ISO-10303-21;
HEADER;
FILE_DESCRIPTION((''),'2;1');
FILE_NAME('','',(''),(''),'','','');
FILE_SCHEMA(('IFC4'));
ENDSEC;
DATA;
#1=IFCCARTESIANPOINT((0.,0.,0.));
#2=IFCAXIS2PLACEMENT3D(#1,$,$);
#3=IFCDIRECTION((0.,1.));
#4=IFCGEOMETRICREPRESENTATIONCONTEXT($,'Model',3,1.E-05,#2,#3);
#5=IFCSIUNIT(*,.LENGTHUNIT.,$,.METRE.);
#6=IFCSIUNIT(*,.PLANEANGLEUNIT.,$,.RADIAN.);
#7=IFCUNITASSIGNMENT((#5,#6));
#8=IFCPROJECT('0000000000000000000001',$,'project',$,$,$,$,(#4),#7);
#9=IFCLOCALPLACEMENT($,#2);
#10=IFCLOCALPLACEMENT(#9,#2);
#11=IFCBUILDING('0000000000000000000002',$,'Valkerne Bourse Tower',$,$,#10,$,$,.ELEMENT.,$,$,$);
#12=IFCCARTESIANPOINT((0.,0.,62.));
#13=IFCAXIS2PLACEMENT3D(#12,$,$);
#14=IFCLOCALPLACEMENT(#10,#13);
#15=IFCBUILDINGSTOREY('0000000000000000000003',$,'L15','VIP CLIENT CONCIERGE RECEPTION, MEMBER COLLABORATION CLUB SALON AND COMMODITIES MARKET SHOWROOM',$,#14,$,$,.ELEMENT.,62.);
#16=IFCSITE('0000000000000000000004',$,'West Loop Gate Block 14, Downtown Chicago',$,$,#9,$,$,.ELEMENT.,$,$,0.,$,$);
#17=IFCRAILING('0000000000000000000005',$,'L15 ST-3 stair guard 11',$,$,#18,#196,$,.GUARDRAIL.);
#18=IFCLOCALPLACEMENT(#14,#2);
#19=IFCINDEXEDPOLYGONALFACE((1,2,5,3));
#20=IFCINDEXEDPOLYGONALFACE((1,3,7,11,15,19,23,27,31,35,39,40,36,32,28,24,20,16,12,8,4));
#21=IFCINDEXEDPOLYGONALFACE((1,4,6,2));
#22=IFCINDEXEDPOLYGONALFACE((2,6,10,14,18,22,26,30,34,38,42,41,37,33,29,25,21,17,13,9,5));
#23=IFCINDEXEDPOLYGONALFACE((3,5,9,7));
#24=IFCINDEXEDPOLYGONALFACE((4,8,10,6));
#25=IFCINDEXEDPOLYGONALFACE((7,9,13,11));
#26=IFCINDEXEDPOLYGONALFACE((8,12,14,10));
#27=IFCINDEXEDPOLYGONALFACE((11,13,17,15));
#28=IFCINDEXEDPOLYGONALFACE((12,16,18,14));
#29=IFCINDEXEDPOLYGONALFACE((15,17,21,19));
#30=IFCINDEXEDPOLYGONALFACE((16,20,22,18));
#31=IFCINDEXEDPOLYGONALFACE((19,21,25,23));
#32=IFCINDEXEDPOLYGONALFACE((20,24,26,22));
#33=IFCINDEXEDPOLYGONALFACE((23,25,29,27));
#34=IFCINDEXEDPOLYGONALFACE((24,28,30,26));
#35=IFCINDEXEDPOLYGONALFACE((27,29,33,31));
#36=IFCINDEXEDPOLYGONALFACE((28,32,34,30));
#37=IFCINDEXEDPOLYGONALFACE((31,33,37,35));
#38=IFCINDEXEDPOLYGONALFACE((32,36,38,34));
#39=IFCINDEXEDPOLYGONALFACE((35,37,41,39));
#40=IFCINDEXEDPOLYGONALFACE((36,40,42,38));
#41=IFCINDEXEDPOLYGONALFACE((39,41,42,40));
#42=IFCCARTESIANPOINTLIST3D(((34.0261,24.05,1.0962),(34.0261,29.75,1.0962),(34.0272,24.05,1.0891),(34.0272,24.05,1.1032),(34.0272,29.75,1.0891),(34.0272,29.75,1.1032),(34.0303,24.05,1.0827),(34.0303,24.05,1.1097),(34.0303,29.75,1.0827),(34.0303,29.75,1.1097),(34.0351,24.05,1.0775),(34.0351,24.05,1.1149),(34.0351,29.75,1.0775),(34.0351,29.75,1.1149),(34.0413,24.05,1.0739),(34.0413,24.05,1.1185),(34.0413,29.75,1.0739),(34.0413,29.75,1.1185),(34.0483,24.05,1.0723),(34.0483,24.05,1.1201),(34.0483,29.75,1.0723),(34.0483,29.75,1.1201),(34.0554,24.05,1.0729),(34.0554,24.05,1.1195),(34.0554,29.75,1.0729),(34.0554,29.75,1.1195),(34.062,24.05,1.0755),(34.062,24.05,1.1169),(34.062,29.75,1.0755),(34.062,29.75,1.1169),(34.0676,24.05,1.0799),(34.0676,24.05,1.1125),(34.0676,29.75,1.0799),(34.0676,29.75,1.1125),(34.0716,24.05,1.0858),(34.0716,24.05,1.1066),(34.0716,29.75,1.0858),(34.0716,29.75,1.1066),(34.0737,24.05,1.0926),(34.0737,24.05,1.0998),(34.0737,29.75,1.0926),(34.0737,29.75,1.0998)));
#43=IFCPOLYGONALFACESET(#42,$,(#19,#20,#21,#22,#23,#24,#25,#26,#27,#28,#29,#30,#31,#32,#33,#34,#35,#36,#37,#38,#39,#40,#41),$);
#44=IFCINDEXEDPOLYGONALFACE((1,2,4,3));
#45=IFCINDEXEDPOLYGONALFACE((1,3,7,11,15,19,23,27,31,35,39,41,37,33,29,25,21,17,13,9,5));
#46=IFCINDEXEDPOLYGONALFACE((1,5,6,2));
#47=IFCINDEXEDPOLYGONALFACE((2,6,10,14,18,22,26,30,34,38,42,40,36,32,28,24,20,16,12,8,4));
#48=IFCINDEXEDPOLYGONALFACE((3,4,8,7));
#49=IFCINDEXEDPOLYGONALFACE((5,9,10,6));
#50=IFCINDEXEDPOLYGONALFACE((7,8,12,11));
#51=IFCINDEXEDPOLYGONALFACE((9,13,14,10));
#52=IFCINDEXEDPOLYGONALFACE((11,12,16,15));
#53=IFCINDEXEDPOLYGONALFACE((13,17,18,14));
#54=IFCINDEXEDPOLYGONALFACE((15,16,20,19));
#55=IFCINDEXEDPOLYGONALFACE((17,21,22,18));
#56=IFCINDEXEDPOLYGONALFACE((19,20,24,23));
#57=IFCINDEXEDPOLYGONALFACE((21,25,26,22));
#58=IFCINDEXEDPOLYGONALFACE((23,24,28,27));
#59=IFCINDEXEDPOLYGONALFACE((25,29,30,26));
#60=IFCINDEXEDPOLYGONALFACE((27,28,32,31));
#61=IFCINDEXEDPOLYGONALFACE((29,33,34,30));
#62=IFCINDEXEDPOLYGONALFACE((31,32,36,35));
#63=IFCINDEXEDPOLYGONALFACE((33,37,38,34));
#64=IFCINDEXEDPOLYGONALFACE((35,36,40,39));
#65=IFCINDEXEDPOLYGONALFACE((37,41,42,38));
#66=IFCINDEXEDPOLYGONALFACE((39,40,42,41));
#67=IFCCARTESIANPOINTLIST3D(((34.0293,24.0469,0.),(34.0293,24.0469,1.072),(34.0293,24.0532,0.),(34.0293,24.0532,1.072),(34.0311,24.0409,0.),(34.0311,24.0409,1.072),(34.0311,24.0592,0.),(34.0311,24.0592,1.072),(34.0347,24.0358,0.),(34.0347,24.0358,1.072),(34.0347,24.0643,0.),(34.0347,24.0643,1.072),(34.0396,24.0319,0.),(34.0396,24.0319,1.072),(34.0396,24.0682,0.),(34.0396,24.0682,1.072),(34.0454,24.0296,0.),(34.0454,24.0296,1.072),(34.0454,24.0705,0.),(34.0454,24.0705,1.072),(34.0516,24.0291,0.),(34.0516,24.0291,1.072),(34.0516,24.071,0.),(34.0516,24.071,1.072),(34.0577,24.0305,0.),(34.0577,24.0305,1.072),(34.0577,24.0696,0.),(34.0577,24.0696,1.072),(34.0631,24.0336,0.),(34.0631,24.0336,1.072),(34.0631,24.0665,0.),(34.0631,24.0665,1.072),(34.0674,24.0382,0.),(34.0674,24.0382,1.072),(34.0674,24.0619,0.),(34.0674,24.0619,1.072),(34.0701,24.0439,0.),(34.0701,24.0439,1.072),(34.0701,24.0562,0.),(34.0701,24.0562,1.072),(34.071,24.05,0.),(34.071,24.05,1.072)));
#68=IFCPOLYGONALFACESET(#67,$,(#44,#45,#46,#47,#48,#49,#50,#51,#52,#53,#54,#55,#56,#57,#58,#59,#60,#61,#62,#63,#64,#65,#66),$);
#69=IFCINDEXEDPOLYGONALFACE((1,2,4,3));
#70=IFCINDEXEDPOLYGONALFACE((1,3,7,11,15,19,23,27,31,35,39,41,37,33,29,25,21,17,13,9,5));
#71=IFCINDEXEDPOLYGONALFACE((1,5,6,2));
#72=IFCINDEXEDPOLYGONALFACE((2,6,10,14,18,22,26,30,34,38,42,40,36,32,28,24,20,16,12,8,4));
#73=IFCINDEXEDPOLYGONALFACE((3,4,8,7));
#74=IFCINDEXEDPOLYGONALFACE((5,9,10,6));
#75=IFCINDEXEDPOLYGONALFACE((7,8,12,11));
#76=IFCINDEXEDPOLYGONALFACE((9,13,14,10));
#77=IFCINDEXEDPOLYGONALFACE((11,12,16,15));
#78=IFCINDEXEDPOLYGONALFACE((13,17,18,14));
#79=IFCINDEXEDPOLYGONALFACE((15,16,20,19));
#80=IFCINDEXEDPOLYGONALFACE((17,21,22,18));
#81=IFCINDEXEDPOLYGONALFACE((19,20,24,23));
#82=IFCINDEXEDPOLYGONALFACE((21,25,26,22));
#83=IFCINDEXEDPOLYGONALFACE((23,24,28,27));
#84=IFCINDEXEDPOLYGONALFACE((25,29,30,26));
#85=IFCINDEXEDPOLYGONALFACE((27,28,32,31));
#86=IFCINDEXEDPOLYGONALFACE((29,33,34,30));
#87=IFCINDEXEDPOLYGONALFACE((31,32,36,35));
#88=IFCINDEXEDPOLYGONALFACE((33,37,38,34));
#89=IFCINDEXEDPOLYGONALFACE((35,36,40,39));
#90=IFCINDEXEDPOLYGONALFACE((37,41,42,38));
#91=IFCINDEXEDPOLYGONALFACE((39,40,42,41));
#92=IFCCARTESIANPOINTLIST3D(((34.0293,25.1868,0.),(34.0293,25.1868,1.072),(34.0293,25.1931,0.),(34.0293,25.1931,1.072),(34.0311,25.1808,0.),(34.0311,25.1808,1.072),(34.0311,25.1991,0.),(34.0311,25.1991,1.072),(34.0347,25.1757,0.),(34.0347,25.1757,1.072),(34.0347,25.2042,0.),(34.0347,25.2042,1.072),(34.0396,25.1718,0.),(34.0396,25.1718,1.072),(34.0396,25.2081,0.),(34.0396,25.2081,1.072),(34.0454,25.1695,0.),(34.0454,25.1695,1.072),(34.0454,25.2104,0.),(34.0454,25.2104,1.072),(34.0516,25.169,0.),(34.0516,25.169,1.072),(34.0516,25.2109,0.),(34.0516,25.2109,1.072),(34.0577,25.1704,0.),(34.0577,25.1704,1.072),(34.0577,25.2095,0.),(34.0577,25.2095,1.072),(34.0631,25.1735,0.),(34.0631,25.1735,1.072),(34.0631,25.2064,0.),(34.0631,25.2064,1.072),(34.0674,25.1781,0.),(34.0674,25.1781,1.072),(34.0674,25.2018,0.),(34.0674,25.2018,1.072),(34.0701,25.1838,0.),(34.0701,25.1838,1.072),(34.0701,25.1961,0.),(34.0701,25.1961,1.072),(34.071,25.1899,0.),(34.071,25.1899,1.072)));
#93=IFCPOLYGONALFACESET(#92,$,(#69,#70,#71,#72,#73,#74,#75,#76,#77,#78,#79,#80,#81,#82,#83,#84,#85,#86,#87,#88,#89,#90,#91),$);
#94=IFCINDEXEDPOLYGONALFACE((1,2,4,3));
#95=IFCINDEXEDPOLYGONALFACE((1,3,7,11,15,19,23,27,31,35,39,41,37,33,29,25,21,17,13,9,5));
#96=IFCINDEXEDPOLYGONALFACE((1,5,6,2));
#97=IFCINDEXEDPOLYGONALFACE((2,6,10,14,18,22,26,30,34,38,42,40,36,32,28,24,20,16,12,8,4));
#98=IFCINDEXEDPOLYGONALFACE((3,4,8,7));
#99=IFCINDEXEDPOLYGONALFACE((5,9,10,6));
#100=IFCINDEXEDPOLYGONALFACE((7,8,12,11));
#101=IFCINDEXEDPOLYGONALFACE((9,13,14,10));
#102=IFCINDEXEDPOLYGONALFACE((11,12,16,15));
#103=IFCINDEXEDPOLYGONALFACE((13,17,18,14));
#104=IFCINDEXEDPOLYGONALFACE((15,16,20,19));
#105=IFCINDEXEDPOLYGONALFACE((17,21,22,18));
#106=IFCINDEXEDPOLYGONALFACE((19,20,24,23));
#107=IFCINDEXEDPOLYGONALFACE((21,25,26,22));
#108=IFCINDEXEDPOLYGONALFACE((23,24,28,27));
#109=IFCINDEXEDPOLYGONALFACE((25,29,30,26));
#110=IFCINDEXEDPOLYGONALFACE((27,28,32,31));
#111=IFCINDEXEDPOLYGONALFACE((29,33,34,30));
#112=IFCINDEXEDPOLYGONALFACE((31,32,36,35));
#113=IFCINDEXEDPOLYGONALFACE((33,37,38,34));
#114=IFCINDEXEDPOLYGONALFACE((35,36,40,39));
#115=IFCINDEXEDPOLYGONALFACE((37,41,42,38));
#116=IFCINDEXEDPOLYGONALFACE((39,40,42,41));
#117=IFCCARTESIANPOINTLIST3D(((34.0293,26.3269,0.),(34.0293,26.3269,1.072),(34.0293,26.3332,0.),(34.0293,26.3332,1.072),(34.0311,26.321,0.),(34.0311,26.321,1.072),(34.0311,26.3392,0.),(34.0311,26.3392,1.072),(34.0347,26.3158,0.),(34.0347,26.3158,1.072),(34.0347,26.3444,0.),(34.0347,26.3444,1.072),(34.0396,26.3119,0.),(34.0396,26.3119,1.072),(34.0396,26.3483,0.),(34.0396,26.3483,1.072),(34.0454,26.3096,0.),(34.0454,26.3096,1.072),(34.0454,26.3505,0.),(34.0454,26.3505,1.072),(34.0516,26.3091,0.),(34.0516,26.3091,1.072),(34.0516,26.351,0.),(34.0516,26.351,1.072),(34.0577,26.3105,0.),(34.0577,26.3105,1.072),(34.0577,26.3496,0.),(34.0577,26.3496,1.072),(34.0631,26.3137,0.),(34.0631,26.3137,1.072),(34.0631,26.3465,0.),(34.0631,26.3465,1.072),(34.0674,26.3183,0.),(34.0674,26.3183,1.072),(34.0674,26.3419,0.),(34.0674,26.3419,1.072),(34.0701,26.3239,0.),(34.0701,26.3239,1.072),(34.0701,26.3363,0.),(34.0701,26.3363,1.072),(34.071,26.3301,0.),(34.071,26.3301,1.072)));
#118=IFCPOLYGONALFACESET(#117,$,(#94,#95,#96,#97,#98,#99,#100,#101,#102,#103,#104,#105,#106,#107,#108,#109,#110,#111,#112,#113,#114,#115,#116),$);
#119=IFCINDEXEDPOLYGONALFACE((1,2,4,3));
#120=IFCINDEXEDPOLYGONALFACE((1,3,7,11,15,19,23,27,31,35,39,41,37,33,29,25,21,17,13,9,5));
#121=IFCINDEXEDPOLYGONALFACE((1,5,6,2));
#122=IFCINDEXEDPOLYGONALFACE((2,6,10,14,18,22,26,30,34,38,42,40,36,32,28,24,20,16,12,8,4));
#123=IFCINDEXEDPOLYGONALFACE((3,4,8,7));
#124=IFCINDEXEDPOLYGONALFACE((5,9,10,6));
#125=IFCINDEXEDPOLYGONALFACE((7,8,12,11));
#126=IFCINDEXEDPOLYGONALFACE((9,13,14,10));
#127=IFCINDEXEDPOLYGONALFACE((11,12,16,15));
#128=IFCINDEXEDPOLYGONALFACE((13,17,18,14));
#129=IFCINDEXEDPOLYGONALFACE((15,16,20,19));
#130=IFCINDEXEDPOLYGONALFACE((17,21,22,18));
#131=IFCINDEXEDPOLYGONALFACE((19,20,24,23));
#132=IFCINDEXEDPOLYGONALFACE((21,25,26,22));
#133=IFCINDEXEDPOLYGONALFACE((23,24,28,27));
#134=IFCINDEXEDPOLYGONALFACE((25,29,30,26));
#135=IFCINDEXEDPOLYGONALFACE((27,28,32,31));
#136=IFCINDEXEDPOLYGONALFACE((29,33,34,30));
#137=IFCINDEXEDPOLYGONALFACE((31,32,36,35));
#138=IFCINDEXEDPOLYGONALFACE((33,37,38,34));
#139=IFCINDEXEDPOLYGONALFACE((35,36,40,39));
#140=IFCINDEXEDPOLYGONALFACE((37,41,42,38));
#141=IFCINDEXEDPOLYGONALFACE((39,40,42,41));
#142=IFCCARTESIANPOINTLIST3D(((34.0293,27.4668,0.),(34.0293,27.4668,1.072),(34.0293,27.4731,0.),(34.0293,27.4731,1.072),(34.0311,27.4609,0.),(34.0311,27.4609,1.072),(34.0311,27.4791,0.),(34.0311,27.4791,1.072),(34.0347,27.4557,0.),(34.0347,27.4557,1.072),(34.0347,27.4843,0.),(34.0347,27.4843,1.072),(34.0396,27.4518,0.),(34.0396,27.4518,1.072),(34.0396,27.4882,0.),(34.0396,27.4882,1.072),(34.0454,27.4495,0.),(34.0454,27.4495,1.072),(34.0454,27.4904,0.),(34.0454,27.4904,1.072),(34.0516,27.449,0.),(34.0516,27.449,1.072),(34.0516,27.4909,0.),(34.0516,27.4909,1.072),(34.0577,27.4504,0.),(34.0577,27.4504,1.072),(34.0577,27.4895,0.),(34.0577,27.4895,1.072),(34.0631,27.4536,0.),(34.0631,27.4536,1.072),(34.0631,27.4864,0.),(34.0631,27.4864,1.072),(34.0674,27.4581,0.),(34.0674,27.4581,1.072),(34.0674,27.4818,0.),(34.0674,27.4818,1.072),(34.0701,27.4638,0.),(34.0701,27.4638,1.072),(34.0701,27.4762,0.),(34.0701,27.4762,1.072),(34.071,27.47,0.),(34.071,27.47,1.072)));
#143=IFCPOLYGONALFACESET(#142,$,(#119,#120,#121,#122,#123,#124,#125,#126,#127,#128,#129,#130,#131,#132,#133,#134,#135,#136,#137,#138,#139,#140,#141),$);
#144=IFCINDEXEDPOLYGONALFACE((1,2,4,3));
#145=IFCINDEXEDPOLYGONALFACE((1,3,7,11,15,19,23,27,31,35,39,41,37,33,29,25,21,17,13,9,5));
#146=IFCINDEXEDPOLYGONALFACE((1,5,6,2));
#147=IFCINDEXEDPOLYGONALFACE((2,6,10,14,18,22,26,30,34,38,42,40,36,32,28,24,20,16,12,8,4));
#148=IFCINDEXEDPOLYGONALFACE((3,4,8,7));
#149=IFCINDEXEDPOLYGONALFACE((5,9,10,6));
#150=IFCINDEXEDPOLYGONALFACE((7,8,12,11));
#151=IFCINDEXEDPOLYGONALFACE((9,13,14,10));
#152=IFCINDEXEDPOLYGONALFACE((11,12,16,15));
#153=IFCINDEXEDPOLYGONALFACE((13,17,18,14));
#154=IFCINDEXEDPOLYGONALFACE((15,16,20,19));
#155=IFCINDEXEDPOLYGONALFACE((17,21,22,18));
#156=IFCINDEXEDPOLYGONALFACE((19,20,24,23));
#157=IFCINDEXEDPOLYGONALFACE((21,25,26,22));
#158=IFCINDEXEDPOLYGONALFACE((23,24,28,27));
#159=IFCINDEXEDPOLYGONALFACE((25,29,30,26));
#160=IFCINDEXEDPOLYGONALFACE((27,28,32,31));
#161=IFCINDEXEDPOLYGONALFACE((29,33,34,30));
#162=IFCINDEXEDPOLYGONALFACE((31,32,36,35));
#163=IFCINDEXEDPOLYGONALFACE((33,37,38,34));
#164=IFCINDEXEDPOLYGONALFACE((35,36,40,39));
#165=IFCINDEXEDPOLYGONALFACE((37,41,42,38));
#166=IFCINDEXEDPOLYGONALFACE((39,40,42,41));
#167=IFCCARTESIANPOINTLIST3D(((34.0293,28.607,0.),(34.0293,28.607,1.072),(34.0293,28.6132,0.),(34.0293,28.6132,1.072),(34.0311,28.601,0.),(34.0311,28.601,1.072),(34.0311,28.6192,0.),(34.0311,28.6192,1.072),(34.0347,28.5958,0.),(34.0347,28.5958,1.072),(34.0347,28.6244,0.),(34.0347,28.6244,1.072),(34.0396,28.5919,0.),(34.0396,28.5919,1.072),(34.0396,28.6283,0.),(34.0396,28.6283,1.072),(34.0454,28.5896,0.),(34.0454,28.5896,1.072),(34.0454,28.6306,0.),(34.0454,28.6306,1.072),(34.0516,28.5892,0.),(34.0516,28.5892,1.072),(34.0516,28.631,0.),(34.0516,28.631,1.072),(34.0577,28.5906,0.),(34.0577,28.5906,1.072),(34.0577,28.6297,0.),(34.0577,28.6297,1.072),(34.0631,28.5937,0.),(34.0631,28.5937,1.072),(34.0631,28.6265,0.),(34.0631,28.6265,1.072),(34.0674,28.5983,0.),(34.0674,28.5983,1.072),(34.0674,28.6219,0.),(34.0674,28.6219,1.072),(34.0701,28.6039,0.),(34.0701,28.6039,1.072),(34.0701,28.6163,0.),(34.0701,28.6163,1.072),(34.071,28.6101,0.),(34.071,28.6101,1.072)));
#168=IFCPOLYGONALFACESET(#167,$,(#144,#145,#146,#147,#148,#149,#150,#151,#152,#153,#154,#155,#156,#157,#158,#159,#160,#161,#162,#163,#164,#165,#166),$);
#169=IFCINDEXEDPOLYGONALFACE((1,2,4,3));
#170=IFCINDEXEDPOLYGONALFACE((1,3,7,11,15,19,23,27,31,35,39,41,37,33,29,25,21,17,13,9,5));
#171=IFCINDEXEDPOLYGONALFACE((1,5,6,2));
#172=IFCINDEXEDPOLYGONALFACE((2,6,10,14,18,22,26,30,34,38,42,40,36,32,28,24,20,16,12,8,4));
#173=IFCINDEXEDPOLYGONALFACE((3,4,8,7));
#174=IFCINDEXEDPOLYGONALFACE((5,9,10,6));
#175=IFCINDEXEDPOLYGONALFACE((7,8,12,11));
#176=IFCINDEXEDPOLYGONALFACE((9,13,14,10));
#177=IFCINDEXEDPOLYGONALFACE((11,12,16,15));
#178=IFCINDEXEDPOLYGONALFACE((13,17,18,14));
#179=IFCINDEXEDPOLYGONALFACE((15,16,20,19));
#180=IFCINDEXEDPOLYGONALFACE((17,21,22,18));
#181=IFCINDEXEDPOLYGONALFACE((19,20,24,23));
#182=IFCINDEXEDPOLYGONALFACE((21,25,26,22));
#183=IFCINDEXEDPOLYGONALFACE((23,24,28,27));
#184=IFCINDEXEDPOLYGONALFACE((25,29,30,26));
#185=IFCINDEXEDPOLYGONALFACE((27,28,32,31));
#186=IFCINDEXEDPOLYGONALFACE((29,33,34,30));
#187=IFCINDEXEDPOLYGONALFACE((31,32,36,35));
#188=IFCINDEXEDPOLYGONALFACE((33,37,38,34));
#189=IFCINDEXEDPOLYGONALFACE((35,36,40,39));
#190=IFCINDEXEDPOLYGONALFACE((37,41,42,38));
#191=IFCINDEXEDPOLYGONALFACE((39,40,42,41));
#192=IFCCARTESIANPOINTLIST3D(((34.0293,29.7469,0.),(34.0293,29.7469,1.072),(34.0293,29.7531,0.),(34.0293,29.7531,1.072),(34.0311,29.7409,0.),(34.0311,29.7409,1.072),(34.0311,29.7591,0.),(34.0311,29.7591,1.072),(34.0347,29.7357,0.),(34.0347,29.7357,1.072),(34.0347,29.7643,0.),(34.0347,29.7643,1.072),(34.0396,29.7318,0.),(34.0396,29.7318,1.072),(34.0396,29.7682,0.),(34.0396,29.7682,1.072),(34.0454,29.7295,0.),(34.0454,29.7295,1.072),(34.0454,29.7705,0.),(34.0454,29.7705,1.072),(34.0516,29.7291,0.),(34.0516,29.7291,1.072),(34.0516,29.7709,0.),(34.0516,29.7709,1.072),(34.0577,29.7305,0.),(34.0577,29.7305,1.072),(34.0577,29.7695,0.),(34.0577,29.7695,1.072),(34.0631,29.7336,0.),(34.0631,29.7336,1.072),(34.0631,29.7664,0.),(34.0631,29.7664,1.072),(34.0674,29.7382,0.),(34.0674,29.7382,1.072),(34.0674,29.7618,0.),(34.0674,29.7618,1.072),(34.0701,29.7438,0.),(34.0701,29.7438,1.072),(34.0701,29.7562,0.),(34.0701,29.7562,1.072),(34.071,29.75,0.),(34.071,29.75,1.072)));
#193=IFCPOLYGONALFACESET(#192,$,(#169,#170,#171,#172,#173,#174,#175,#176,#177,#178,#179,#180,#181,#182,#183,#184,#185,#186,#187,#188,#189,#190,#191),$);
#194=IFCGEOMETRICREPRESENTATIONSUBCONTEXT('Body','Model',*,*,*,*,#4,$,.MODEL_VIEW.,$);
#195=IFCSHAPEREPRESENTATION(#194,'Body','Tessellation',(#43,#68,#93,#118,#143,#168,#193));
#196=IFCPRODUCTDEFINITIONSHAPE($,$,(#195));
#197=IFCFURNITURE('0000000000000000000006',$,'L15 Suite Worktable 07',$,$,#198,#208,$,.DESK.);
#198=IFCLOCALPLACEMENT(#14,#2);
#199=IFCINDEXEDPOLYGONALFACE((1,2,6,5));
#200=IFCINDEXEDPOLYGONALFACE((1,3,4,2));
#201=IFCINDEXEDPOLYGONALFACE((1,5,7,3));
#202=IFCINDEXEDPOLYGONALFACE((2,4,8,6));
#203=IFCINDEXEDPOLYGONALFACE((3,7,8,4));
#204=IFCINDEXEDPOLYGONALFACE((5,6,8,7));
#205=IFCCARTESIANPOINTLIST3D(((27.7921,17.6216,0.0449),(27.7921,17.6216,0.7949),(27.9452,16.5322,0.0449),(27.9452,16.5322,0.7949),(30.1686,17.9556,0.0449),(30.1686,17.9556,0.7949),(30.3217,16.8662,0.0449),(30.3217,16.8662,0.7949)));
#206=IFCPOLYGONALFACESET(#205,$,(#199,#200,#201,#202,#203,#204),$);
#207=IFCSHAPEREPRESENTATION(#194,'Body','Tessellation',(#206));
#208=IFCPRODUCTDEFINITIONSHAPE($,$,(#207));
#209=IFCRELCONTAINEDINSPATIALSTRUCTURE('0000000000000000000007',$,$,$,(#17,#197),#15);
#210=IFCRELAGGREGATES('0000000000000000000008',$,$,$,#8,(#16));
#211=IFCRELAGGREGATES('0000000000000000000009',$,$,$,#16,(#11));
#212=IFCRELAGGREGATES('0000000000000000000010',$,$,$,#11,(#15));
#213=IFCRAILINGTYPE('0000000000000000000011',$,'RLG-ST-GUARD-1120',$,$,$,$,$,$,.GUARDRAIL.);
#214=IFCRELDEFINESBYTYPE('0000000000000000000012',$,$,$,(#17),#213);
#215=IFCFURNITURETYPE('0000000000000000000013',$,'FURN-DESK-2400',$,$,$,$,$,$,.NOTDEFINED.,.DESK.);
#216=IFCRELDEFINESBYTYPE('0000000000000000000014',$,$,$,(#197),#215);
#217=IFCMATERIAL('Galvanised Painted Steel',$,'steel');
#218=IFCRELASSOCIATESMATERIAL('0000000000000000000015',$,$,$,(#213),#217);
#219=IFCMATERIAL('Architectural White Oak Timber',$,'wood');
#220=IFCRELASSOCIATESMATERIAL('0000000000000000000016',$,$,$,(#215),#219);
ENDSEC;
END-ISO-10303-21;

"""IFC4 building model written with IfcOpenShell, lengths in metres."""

from ifc_helpers import new_model, si_unit, direction, frame, origin, origin_2d, place, context, subcontext, project, spatial, rectangle, circle, extrude, material, type_object, element, save


model = new_model("IFC4")

# Units and contexts
model_context = context("Model", 3, precision=1e-05, world=origin(), true_north=direction((0.0, 1.0)))
body_context = subcontext(model_context, "Body", "Model", "MODEL_VIEW")
ifc_project = project(units=[si_unit("LENGTHUNIT", "METRE"), si_unit("PLANEANGLEUNIT", "RADIAN")], contexts=[model_context])

# Site, building, storey
site_placement = place(None, origin())
site = spatial("IfcSite", under=ifc_project, at=site_placement, Name="West Loop Gate Block 14, Downtown Chicago", CompositionType="ELEMENT", RefElevation=0.0)
building_placement = place(site_placement, origin())
building = spatial("IfcBuilding", under=site, at=building_placement, Name="Valkerne Bourse Tower", CompositionType="ELEMENT")
storey_placement = place(building_placement, frame((0.0, 0.0, 62.0)))
storey = spatial("IfcBuildingStorey", under=building, at=storey_placement, Name="L15", Description="VIP CLIENT CONCIERGE RECEPTION, MEMBER COLLABORATION CLUB SALON AND COMMODITIES MARKET SHOWROOM", CompositionType="ELEMENT", Elevation=62.0)

# Shared definitions
ifc_material_1 = material(Name="Galvanised Painted Steel", Category="steel")

# Railing
railing_type = type_object("IfcRailingType", Name="RLG-ST-GUARD-1120", PredefinedType="GUARDRAIL", material=ifc_material_1)
railing_1_placement = place(storey_placement, frame((34.05, 24.05, 0.0)))
element("IfcRailing", 1, at=railing_1_placement, inside=storey, type_object=railing_type, Name="L15 ST-3 stair guard 11", PredefinedType="GUARDRAIL", context=body_context, shape_type="SweptSolid", body=[
    extrude(circle(Radius=0.0239, at=origin_2d()), frame((0.0, 0.0, 1.0962), z_axis=(0.0, 1.0, 0.0), x_axis=(-1.0, 0.0, 0.0)), (0.0, 0.0, 1.0), 5.7),
    extrude(circle(Radius=0.021, at=origin_2d()), origin(), (0.0, 0.0, 1.0), 1.072),
    extrude(circle(Radius=0.021, at=origin_2d()), frame((0.0, 1.1399, 0.0)), (0.0, 0.0, 1.0), 1.072),
    extrude(circle(Radius=0.021, at=origin_2d()), frame((0.0, 2.28, 0.0)), (0.0, 0.0, 1.0), 1.072),
    extrude(circle(Radius=0.021, at=origin_2d()), frame((0.0, 3.4199, 0.0)), (0.0, 0.0, 1.0), 1.072),
    extrude(circle(Radius=0.021, at=origin_2d()), frame((0.0, 4.5601, 0.0)), (0.0, 0.0, 1.0), 1.072),
    extrude(circle(Radius=0.021, at=origin_2d()), frame((0.0, 5.7, 0.0)), (0.0, 0.0, 1.0), 1.072),
])

# Furniture
ifc_material_2 = material(Name="Architectural White Oak Timber", Category="wood")
furniture_type = type_object("IfcFurnitureType", Name="FURN-DESK-2400", AssemblyPlace="NOTDEFINED", PredefinedType="DESK", material=ifc_material_2)
furniture_placement = place(storey_placement, frame((29.0569, 17.2439, 0.0449), z_axis=(0.0, 0.0, 1.0), x_axis=(0.990268, 0.139173, 0.0)))
element("IfcFurniture", 2, at=furniture_placement, inside=storey, type_object=furniture_type, Name="L15 Suite Worktable 07", PredefinedType="DESK", context=body_context, shape_type="SweptSolid", body=[
    extrude(rectangle(XDim=2.3999, YDim=1.1001, at=origin_2d()), origin(), (0.0, 0.0, 1.0), 0.75),
])

save(model, "model.ifc")
